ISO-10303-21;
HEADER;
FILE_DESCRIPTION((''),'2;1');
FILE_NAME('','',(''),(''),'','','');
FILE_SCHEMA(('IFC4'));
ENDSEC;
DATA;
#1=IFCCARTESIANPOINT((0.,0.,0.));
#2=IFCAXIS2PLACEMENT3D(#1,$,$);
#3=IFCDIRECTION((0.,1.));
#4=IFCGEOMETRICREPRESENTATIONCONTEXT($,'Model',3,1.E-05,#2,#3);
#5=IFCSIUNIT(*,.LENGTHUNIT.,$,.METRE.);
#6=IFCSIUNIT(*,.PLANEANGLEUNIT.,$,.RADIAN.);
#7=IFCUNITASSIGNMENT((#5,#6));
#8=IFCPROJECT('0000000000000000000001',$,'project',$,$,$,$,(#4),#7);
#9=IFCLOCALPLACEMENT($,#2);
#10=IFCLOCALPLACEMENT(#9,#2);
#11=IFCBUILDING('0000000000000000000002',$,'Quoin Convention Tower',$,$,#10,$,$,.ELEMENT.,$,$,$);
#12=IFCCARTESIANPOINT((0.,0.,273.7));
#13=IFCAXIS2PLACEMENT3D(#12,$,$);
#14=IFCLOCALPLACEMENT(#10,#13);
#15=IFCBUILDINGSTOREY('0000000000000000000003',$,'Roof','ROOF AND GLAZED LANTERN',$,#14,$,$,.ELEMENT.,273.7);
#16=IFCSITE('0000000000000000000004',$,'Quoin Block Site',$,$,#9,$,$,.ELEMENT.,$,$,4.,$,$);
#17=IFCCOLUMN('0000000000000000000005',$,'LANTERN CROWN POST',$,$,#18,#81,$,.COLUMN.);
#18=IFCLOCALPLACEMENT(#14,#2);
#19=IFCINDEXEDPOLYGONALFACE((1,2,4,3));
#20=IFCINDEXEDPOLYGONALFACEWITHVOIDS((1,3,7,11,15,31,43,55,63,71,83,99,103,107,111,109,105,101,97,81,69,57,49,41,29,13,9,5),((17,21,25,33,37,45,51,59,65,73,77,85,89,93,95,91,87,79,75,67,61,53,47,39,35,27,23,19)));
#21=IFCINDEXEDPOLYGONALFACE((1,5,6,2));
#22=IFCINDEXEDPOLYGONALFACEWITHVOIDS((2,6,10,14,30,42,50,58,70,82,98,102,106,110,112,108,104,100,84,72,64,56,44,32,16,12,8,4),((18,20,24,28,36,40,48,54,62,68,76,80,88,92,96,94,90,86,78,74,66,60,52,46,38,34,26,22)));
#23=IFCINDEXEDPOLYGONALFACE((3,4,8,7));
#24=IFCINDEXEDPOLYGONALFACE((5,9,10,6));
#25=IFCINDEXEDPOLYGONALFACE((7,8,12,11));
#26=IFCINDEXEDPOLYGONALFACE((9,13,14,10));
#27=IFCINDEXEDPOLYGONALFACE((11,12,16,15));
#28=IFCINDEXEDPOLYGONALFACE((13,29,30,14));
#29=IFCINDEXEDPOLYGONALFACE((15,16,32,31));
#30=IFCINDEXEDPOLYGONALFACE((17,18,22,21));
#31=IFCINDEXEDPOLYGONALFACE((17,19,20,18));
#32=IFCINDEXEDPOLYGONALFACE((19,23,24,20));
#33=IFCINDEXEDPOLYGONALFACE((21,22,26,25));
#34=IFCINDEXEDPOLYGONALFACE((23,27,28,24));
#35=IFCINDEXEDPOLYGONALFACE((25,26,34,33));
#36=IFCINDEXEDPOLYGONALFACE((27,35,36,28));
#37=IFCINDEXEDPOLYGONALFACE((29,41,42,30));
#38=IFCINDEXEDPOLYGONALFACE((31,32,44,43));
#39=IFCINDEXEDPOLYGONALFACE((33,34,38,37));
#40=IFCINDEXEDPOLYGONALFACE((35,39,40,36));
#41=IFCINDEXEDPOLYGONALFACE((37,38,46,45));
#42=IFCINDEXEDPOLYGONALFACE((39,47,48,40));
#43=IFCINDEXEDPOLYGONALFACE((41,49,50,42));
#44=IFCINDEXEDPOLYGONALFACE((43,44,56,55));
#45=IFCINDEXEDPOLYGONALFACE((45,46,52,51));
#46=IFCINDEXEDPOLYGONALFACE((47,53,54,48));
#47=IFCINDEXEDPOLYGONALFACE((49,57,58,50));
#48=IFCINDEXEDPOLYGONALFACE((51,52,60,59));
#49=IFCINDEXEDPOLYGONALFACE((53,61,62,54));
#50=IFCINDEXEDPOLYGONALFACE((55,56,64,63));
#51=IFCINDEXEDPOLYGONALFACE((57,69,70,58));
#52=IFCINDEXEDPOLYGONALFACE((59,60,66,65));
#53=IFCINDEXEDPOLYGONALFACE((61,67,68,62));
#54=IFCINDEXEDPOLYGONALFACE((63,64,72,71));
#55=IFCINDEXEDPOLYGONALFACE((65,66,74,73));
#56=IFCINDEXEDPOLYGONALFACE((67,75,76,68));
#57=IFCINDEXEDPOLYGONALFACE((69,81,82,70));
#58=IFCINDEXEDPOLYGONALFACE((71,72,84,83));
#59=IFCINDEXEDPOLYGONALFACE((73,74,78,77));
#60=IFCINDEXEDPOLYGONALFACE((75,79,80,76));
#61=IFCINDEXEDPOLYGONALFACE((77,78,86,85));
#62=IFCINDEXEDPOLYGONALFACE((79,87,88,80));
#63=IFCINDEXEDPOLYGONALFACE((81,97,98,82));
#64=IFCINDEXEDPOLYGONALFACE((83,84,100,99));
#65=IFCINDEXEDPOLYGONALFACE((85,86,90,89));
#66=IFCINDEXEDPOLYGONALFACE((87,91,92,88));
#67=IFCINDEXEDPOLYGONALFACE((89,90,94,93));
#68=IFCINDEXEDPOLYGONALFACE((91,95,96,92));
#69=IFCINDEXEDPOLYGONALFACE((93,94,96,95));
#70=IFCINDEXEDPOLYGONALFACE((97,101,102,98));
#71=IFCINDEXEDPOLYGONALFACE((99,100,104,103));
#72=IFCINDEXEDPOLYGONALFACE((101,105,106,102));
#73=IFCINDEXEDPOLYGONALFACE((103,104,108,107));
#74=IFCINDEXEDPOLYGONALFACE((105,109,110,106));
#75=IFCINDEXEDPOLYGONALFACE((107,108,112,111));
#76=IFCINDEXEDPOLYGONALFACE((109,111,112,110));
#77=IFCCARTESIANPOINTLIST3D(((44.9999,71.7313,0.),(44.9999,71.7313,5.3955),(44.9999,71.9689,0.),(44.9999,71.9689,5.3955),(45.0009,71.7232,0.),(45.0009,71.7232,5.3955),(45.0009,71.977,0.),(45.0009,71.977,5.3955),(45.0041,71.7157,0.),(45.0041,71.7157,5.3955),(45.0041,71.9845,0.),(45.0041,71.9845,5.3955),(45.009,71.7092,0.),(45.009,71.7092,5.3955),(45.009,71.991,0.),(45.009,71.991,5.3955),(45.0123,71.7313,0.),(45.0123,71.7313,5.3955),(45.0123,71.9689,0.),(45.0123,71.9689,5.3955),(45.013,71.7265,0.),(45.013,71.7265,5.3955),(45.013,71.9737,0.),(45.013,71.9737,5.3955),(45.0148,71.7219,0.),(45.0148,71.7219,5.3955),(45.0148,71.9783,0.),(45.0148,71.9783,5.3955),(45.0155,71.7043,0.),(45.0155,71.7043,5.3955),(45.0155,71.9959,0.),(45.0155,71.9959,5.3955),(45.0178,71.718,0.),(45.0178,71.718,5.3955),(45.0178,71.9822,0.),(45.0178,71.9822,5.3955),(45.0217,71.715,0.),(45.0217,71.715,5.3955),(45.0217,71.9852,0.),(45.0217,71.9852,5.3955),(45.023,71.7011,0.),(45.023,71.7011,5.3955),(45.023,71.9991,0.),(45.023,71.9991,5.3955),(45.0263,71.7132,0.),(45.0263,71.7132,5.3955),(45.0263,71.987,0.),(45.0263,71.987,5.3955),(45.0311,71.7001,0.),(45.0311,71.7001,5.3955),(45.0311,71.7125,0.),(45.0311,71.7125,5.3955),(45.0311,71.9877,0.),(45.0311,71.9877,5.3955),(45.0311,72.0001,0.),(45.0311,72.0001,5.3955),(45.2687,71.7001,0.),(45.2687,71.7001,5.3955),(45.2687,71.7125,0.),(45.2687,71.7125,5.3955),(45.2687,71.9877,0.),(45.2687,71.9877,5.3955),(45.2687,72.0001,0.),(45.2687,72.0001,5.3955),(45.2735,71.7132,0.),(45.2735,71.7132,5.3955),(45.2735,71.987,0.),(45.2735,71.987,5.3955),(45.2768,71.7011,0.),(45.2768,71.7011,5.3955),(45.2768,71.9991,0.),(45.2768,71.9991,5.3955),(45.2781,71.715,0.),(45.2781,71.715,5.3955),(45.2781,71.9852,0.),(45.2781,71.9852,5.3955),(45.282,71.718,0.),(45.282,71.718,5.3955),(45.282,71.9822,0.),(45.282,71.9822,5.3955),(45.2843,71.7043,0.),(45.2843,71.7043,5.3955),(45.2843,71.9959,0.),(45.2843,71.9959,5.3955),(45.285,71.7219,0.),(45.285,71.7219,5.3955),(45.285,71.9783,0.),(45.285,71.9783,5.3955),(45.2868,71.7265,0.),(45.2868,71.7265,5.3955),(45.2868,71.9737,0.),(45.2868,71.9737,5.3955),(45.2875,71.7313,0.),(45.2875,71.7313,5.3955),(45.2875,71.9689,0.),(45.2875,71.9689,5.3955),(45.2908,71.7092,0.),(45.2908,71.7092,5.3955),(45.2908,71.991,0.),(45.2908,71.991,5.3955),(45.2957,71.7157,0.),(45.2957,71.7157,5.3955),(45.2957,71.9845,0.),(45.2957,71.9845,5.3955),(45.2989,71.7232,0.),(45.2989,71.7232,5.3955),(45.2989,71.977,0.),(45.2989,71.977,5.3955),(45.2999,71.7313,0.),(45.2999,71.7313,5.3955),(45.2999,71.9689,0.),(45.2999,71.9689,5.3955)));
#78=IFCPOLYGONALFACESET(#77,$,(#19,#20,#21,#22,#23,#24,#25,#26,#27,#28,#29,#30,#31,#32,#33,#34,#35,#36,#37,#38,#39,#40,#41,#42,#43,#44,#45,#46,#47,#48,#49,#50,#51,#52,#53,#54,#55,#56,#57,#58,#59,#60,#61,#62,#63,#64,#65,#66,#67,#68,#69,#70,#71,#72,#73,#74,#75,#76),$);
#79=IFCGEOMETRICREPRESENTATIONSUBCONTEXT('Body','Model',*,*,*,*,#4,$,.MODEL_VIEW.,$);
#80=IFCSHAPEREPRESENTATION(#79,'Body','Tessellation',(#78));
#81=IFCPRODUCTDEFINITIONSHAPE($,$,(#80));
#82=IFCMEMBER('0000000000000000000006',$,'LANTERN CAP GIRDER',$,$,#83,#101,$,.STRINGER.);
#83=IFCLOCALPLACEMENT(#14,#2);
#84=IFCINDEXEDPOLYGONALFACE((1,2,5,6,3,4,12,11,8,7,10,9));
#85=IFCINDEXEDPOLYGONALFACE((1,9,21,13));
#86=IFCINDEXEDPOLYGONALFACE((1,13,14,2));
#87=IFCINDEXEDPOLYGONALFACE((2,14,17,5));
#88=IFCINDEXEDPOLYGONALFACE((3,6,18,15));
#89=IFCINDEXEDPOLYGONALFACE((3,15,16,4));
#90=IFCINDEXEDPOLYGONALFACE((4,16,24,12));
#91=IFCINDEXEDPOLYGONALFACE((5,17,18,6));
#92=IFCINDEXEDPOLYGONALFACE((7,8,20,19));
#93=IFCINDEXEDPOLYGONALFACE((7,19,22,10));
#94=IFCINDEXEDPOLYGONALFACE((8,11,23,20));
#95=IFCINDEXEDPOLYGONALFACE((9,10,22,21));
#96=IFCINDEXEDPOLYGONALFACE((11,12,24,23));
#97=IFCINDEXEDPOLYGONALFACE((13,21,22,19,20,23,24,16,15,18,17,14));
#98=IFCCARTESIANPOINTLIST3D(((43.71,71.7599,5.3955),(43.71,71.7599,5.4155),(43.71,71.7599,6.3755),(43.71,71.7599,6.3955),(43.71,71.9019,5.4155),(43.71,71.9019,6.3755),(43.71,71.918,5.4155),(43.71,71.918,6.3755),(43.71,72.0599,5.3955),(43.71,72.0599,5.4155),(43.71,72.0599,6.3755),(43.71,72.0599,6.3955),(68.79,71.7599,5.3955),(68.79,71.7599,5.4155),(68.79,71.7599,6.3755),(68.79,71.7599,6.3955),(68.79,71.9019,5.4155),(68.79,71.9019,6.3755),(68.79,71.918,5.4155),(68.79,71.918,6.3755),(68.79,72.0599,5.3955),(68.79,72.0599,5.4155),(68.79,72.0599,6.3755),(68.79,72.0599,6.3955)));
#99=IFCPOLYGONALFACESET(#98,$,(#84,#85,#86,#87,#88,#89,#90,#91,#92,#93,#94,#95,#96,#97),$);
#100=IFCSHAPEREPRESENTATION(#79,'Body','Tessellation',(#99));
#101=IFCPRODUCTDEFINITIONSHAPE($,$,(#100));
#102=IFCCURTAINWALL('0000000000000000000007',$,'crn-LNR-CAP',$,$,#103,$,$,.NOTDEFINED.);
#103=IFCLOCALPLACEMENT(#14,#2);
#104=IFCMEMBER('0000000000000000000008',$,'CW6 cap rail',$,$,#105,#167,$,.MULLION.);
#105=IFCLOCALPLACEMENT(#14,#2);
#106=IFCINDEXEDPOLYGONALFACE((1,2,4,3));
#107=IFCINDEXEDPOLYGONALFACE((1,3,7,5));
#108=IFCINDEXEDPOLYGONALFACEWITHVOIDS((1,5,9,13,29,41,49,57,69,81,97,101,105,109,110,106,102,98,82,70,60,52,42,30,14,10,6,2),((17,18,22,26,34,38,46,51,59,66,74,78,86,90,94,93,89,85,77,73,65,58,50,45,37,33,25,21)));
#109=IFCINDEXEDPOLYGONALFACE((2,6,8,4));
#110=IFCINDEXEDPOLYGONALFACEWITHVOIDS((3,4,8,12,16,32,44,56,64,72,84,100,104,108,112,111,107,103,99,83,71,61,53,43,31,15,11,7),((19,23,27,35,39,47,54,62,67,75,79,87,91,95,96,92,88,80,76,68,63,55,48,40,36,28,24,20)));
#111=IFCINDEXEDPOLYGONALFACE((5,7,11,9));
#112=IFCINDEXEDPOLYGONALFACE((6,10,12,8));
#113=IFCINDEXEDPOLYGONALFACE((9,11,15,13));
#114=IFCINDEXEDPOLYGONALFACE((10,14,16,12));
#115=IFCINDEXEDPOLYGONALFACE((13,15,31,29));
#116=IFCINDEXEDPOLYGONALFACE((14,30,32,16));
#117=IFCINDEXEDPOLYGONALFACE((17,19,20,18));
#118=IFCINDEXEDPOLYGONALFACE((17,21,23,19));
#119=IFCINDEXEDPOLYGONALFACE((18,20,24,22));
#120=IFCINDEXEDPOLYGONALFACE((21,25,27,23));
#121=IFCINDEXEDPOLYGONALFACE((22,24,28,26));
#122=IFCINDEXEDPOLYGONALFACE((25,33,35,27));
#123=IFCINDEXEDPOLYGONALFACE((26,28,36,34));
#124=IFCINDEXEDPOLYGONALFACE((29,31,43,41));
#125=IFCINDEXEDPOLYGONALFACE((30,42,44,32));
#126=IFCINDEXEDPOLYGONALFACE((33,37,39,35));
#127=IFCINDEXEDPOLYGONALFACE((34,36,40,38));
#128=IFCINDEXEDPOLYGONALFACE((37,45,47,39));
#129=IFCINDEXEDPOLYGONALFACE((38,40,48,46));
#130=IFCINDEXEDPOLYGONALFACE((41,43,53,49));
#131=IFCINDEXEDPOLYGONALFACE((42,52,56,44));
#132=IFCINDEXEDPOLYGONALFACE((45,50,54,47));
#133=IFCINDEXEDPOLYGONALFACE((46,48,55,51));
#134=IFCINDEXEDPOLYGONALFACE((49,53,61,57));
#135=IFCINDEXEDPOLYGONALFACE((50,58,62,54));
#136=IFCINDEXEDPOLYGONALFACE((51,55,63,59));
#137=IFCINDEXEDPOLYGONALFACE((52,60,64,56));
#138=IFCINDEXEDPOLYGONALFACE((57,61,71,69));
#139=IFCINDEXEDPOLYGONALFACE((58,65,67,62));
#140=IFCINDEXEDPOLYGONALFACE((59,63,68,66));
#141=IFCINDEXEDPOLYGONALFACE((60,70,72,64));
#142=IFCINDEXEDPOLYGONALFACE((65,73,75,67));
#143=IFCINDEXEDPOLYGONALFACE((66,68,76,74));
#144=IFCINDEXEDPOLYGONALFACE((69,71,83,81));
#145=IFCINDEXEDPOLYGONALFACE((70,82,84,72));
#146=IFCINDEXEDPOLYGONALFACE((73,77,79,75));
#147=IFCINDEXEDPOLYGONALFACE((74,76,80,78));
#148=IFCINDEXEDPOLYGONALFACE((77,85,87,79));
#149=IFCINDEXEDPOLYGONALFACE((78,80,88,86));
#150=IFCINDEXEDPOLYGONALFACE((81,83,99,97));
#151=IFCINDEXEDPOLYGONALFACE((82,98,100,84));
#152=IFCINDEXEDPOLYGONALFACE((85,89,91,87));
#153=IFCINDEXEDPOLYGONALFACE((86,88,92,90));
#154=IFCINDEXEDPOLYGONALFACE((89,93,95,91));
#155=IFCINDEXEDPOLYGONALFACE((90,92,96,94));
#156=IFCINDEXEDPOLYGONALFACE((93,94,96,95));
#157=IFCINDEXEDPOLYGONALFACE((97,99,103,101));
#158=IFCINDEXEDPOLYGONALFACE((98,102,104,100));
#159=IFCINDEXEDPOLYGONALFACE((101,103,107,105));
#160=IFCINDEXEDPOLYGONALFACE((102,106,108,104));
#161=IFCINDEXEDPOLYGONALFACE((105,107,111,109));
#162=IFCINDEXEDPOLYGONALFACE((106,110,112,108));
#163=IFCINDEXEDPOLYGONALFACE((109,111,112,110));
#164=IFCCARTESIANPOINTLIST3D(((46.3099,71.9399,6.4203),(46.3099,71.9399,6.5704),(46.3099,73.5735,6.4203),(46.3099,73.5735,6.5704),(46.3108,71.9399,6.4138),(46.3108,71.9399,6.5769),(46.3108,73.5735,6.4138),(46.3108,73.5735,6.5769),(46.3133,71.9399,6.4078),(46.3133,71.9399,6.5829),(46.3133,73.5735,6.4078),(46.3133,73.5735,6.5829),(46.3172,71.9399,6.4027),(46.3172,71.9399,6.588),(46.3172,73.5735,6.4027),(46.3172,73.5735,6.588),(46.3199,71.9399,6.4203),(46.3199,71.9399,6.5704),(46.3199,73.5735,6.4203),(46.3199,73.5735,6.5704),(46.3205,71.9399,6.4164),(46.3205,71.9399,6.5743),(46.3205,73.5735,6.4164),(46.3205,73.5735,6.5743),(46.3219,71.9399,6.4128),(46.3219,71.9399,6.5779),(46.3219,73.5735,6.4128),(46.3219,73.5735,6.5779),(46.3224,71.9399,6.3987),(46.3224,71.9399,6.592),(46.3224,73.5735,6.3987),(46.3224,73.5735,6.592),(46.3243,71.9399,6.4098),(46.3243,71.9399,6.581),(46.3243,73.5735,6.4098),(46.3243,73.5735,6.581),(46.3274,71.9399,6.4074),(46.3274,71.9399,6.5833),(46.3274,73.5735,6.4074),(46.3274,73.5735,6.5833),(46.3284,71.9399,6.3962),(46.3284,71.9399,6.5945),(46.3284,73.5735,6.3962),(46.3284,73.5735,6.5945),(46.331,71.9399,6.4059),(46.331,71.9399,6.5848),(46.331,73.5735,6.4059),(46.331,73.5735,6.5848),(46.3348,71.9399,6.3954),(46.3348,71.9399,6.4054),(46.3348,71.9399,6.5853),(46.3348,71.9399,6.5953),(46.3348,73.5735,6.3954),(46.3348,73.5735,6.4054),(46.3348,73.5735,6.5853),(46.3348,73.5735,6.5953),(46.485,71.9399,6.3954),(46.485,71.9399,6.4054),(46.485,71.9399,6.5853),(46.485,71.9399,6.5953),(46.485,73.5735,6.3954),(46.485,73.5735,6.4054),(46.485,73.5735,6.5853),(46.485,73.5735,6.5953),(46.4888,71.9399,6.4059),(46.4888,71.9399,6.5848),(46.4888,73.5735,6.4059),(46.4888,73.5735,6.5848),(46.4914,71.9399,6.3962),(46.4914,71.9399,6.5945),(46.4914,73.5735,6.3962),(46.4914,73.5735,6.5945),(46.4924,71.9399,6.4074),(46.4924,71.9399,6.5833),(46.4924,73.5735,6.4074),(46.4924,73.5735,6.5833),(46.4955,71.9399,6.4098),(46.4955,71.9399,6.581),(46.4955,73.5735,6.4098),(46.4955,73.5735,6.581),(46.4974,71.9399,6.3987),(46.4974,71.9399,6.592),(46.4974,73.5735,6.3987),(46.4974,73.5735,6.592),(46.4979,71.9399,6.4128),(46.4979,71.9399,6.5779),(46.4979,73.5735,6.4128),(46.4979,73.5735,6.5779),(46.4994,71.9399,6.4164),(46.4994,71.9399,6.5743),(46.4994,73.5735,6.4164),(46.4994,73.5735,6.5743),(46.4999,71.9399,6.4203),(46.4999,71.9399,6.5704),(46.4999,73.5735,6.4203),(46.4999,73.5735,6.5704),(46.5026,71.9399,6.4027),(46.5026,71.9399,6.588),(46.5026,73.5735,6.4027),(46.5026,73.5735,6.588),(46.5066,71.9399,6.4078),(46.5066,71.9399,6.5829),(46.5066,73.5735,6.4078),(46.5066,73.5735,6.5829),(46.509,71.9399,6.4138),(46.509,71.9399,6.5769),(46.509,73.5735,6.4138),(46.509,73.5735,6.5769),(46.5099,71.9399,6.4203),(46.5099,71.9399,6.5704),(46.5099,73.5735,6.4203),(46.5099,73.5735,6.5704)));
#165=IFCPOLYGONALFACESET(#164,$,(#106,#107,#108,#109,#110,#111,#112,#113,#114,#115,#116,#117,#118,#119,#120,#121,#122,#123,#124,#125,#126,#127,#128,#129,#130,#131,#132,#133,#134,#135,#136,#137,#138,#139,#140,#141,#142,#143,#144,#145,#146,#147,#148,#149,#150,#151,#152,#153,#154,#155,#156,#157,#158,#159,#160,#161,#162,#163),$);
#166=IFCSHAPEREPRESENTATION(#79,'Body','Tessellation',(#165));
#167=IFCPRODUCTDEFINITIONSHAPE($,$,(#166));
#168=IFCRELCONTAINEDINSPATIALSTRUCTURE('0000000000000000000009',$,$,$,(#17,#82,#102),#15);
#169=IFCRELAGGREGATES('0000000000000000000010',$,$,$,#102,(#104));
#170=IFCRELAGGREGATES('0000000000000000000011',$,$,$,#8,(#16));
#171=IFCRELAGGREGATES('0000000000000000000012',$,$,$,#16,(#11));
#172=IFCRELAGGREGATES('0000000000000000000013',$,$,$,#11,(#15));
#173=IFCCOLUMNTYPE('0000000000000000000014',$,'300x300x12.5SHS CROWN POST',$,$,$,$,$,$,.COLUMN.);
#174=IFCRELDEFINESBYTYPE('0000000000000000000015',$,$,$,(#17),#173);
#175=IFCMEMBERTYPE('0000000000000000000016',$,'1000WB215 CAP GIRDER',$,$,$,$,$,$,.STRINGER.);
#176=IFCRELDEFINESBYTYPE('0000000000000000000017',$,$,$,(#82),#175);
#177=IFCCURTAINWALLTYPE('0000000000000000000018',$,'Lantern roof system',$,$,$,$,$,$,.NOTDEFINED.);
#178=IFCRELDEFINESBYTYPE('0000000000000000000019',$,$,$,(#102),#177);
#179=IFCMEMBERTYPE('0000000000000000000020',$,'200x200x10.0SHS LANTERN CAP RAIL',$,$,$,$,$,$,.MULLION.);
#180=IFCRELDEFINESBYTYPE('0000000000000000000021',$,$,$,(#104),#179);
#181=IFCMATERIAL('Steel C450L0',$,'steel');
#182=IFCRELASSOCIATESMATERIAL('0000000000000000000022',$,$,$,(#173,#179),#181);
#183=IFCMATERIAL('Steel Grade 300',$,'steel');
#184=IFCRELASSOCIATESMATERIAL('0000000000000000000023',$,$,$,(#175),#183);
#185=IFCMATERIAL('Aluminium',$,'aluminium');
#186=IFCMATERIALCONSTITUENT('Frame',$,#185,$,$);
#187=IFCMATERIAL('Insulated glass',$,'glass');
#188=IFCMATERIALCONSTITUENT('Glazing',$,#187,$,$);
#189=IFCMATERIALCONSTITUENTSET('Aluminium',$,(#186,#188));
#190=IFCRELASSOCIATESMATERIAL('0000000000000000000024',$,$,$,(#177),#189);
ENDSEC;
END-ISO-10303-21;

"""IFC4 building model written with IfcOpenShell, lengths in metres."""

from ifc_helpers import new_model, si_unit, direction, frame, origin, origin_2d, place, context, subcontext, project, spatial, hollow_rectangle, i_section, extrude, material, constituent, constituent_set, material_profile, profile_set, type_object, element, aggregate, save


model = new_model("IFC4")

# Units and contexts
model_context = context("Model", 3, precision=1e-05, world=origin(), true_north=direction((0.0, 1.0)))
body_context = subcontext(model_context, "Body", "Model", "MODEL_VIEW")
ifc_project = project(units=[si_unit("LENGTHUNIT", "METRE"), si_unit("PLANEANGLEUNIT", "RADIAN")], contexts=[model_context])

# Site, building, storey
site_placement = place(None, origin())
site = spatial("IfcSite", under=ifc_project, at=site_placement, Name="Quoin Block Site", CompositionType="ELEMENT", RefElevation=4.0)
building_placement = place(site_placement, origin())
building = spatial("IfcBuilding", under=site, at=building_placement, Name="Quoin Convention Tower", CompositionType="ELEMENT")
storey_placement = place(building_placement, frame((0.0, 0.0, 273.7)))
storey = spatial("IfcBuildingStorey", under=building, at=storey_placement, Name="Roof", Description="ROOF AND GLAZED LANTERN", CompositionType="ELEMENT", Elevation=273.7)

# Column
ifc_material_1 = material(Name="Steel C450L0", Category="steel")
ifc_material_profile_1 = material_profile(ifc_material_1, hollow_rectangle(XDim=0.3, YDim=0.3, WallThickness=0.0125, InnerFilletRadius=0.0188, OuterFilletRadius=0.0312, at=origin_2d()), Name="300x300x12.5SHS")
ifc_profile_set_1 = profile_set([ifc_material_profile_1], Name="Steel C450L0")
column_type = type_object("IfcColumnType", Name="300x300x12.5SHS CROWN POST", PredefinedType="COLUMN", material=ifc_profile_set_1)
column_placement = place(storey_placement, frame((45.1499, 71.8501, 0.0), z_axis=(0.0, 0.0, 1.0), x_axis=(1.0, 0.0, 0.0)))
element("IfcColumn", 1, at=column_placement, inside=storey, type_object=column_type, Name="LANTERN CROWN POST", PredefinedType="COLUMN", context=body_context, shape_type="SweptSolid", body=[
    extrude(hollow_rectangle(XDim=0.3, YDim=0.3, WallThickness=0.0125, InnerFilletRadius=0.0188, OuterFilletRadius=0.0312, at=origin_2d()), origin(), (0.0, 0.0, 1.0), 5.3955),
])

# Member
ifc_material_2 = material(Name="Steel Grade 300", Category="steel")
ifc_material_profile_2 = material_profile(ifc_material_2, i_section(OverallWidth=0.3, OverallDepth=1.0, WebThickness=0.0161, FlangeThickness=0.02, at=origin_2d()), Name="1000WB215")
ifc_profile_set_2 = profile_set([ifc_material_profile_2], Name="Steel Grade 300")
member_type_1 = type_object("IfcMemberType", Name="1000WB215 CAP GIRDER", PredefinedType="STRINGER", material=ifc_profile_set_2)
member_1_placement = place(storey_placement, frame((43.71, 71.9099, 5.8955), z_axis=(1.0, 0.0, 0.0), x_axis=(0.0, 1.0, 0.0)))
element("IfcMember", 2, at=member_1_placement, inside=storey, type_object=member_type_1, Name="LANTERN CAP GIRDER", PredefinedType="STRINGER", context=body_context, shape_type="SweptSolid", body=[
    extrude(i_section(OverallWidth=0.3, OverallDepth=1.0, WebThickness=0.0161, FlangeThickness=0.02, at=origin_2d()), origin(), (0.0, 0.0, 1.0), 25.0801),
])

# Curtain wall, member
ifc_material_3 = material(Name="Aluminium", Category="aluminium")
ifc_constituent_1 = constituent(ifc_material_3, Name="Frame")
ifc_material_4 = material(Name="Insulated glass", Category="glass")
ifc_constituent_2 = constituent(ifc_material_4, Name="Glazing")
ifc_constituent_set = constituent_set(constituents=[ifc_constituent_1, ifc_constituent_2], Name="Aluminium")
curtain_wall_type = type_object("IfcCurtainWallType", Name="Lantern roof system", PredefinedType="NOTDEFINED", material=ifc_constituent_set)
curtain_wall_placement = place(storey_placement, origin())
curtain_wall = element("IfcCurtainWall", 3, at=curtain_wall_placement, inside=storey, type_object=curtain_wall_type, Name="crn-LNR-CAP", PredefinedType="NOTDEFINED")
ifc_material_profile_3 = material_profile(ifc_material_1, hollow_rectangle(XDim=0.2, YDim=0.2, WallThickness=0.01, InnerFilletRadius=0.0149, OuterFilletRadius=0.0249, at=origin_2d()), Name="200x200x10.0SHS")
ifc_profile_set_3 = profile_set([ifc_material_profile_3], Name="Steel C450L0")
member_type_2 = type_object("IfcMemberType", Name="200x200x10.0SHS LANTERN CAP RAIL", PredefinedType="MULLION", material=ifc_profile_set_3)
member_2_placement = place(storey_placement, frame((46.4099, 71.9399, 6.4954), z_axis=(0.0, 1.0, 0.0), x_axis=(-1.0, 0.0, 0.0)))
member_2 = element("IfcMember", 4, at=member_2_placement, type_object=member_type_2, Name="CW6 cap rail", PredefinedType="MULLION", context=body_context, shape_type="SweptSolid", body=[
    extrude(hollow_rectangle(XDim=0.2, YDim=0.2, WallThickness=0.01, InnerFilletRadius=0.0149, OuterFilletRadius=0.0249, at=origin_2d()), origin(), (0.0, 0.0, 1.0), 1.6335),
])
aggregate(curtain_wall, [member_2])

save(model, "model.ifc")
